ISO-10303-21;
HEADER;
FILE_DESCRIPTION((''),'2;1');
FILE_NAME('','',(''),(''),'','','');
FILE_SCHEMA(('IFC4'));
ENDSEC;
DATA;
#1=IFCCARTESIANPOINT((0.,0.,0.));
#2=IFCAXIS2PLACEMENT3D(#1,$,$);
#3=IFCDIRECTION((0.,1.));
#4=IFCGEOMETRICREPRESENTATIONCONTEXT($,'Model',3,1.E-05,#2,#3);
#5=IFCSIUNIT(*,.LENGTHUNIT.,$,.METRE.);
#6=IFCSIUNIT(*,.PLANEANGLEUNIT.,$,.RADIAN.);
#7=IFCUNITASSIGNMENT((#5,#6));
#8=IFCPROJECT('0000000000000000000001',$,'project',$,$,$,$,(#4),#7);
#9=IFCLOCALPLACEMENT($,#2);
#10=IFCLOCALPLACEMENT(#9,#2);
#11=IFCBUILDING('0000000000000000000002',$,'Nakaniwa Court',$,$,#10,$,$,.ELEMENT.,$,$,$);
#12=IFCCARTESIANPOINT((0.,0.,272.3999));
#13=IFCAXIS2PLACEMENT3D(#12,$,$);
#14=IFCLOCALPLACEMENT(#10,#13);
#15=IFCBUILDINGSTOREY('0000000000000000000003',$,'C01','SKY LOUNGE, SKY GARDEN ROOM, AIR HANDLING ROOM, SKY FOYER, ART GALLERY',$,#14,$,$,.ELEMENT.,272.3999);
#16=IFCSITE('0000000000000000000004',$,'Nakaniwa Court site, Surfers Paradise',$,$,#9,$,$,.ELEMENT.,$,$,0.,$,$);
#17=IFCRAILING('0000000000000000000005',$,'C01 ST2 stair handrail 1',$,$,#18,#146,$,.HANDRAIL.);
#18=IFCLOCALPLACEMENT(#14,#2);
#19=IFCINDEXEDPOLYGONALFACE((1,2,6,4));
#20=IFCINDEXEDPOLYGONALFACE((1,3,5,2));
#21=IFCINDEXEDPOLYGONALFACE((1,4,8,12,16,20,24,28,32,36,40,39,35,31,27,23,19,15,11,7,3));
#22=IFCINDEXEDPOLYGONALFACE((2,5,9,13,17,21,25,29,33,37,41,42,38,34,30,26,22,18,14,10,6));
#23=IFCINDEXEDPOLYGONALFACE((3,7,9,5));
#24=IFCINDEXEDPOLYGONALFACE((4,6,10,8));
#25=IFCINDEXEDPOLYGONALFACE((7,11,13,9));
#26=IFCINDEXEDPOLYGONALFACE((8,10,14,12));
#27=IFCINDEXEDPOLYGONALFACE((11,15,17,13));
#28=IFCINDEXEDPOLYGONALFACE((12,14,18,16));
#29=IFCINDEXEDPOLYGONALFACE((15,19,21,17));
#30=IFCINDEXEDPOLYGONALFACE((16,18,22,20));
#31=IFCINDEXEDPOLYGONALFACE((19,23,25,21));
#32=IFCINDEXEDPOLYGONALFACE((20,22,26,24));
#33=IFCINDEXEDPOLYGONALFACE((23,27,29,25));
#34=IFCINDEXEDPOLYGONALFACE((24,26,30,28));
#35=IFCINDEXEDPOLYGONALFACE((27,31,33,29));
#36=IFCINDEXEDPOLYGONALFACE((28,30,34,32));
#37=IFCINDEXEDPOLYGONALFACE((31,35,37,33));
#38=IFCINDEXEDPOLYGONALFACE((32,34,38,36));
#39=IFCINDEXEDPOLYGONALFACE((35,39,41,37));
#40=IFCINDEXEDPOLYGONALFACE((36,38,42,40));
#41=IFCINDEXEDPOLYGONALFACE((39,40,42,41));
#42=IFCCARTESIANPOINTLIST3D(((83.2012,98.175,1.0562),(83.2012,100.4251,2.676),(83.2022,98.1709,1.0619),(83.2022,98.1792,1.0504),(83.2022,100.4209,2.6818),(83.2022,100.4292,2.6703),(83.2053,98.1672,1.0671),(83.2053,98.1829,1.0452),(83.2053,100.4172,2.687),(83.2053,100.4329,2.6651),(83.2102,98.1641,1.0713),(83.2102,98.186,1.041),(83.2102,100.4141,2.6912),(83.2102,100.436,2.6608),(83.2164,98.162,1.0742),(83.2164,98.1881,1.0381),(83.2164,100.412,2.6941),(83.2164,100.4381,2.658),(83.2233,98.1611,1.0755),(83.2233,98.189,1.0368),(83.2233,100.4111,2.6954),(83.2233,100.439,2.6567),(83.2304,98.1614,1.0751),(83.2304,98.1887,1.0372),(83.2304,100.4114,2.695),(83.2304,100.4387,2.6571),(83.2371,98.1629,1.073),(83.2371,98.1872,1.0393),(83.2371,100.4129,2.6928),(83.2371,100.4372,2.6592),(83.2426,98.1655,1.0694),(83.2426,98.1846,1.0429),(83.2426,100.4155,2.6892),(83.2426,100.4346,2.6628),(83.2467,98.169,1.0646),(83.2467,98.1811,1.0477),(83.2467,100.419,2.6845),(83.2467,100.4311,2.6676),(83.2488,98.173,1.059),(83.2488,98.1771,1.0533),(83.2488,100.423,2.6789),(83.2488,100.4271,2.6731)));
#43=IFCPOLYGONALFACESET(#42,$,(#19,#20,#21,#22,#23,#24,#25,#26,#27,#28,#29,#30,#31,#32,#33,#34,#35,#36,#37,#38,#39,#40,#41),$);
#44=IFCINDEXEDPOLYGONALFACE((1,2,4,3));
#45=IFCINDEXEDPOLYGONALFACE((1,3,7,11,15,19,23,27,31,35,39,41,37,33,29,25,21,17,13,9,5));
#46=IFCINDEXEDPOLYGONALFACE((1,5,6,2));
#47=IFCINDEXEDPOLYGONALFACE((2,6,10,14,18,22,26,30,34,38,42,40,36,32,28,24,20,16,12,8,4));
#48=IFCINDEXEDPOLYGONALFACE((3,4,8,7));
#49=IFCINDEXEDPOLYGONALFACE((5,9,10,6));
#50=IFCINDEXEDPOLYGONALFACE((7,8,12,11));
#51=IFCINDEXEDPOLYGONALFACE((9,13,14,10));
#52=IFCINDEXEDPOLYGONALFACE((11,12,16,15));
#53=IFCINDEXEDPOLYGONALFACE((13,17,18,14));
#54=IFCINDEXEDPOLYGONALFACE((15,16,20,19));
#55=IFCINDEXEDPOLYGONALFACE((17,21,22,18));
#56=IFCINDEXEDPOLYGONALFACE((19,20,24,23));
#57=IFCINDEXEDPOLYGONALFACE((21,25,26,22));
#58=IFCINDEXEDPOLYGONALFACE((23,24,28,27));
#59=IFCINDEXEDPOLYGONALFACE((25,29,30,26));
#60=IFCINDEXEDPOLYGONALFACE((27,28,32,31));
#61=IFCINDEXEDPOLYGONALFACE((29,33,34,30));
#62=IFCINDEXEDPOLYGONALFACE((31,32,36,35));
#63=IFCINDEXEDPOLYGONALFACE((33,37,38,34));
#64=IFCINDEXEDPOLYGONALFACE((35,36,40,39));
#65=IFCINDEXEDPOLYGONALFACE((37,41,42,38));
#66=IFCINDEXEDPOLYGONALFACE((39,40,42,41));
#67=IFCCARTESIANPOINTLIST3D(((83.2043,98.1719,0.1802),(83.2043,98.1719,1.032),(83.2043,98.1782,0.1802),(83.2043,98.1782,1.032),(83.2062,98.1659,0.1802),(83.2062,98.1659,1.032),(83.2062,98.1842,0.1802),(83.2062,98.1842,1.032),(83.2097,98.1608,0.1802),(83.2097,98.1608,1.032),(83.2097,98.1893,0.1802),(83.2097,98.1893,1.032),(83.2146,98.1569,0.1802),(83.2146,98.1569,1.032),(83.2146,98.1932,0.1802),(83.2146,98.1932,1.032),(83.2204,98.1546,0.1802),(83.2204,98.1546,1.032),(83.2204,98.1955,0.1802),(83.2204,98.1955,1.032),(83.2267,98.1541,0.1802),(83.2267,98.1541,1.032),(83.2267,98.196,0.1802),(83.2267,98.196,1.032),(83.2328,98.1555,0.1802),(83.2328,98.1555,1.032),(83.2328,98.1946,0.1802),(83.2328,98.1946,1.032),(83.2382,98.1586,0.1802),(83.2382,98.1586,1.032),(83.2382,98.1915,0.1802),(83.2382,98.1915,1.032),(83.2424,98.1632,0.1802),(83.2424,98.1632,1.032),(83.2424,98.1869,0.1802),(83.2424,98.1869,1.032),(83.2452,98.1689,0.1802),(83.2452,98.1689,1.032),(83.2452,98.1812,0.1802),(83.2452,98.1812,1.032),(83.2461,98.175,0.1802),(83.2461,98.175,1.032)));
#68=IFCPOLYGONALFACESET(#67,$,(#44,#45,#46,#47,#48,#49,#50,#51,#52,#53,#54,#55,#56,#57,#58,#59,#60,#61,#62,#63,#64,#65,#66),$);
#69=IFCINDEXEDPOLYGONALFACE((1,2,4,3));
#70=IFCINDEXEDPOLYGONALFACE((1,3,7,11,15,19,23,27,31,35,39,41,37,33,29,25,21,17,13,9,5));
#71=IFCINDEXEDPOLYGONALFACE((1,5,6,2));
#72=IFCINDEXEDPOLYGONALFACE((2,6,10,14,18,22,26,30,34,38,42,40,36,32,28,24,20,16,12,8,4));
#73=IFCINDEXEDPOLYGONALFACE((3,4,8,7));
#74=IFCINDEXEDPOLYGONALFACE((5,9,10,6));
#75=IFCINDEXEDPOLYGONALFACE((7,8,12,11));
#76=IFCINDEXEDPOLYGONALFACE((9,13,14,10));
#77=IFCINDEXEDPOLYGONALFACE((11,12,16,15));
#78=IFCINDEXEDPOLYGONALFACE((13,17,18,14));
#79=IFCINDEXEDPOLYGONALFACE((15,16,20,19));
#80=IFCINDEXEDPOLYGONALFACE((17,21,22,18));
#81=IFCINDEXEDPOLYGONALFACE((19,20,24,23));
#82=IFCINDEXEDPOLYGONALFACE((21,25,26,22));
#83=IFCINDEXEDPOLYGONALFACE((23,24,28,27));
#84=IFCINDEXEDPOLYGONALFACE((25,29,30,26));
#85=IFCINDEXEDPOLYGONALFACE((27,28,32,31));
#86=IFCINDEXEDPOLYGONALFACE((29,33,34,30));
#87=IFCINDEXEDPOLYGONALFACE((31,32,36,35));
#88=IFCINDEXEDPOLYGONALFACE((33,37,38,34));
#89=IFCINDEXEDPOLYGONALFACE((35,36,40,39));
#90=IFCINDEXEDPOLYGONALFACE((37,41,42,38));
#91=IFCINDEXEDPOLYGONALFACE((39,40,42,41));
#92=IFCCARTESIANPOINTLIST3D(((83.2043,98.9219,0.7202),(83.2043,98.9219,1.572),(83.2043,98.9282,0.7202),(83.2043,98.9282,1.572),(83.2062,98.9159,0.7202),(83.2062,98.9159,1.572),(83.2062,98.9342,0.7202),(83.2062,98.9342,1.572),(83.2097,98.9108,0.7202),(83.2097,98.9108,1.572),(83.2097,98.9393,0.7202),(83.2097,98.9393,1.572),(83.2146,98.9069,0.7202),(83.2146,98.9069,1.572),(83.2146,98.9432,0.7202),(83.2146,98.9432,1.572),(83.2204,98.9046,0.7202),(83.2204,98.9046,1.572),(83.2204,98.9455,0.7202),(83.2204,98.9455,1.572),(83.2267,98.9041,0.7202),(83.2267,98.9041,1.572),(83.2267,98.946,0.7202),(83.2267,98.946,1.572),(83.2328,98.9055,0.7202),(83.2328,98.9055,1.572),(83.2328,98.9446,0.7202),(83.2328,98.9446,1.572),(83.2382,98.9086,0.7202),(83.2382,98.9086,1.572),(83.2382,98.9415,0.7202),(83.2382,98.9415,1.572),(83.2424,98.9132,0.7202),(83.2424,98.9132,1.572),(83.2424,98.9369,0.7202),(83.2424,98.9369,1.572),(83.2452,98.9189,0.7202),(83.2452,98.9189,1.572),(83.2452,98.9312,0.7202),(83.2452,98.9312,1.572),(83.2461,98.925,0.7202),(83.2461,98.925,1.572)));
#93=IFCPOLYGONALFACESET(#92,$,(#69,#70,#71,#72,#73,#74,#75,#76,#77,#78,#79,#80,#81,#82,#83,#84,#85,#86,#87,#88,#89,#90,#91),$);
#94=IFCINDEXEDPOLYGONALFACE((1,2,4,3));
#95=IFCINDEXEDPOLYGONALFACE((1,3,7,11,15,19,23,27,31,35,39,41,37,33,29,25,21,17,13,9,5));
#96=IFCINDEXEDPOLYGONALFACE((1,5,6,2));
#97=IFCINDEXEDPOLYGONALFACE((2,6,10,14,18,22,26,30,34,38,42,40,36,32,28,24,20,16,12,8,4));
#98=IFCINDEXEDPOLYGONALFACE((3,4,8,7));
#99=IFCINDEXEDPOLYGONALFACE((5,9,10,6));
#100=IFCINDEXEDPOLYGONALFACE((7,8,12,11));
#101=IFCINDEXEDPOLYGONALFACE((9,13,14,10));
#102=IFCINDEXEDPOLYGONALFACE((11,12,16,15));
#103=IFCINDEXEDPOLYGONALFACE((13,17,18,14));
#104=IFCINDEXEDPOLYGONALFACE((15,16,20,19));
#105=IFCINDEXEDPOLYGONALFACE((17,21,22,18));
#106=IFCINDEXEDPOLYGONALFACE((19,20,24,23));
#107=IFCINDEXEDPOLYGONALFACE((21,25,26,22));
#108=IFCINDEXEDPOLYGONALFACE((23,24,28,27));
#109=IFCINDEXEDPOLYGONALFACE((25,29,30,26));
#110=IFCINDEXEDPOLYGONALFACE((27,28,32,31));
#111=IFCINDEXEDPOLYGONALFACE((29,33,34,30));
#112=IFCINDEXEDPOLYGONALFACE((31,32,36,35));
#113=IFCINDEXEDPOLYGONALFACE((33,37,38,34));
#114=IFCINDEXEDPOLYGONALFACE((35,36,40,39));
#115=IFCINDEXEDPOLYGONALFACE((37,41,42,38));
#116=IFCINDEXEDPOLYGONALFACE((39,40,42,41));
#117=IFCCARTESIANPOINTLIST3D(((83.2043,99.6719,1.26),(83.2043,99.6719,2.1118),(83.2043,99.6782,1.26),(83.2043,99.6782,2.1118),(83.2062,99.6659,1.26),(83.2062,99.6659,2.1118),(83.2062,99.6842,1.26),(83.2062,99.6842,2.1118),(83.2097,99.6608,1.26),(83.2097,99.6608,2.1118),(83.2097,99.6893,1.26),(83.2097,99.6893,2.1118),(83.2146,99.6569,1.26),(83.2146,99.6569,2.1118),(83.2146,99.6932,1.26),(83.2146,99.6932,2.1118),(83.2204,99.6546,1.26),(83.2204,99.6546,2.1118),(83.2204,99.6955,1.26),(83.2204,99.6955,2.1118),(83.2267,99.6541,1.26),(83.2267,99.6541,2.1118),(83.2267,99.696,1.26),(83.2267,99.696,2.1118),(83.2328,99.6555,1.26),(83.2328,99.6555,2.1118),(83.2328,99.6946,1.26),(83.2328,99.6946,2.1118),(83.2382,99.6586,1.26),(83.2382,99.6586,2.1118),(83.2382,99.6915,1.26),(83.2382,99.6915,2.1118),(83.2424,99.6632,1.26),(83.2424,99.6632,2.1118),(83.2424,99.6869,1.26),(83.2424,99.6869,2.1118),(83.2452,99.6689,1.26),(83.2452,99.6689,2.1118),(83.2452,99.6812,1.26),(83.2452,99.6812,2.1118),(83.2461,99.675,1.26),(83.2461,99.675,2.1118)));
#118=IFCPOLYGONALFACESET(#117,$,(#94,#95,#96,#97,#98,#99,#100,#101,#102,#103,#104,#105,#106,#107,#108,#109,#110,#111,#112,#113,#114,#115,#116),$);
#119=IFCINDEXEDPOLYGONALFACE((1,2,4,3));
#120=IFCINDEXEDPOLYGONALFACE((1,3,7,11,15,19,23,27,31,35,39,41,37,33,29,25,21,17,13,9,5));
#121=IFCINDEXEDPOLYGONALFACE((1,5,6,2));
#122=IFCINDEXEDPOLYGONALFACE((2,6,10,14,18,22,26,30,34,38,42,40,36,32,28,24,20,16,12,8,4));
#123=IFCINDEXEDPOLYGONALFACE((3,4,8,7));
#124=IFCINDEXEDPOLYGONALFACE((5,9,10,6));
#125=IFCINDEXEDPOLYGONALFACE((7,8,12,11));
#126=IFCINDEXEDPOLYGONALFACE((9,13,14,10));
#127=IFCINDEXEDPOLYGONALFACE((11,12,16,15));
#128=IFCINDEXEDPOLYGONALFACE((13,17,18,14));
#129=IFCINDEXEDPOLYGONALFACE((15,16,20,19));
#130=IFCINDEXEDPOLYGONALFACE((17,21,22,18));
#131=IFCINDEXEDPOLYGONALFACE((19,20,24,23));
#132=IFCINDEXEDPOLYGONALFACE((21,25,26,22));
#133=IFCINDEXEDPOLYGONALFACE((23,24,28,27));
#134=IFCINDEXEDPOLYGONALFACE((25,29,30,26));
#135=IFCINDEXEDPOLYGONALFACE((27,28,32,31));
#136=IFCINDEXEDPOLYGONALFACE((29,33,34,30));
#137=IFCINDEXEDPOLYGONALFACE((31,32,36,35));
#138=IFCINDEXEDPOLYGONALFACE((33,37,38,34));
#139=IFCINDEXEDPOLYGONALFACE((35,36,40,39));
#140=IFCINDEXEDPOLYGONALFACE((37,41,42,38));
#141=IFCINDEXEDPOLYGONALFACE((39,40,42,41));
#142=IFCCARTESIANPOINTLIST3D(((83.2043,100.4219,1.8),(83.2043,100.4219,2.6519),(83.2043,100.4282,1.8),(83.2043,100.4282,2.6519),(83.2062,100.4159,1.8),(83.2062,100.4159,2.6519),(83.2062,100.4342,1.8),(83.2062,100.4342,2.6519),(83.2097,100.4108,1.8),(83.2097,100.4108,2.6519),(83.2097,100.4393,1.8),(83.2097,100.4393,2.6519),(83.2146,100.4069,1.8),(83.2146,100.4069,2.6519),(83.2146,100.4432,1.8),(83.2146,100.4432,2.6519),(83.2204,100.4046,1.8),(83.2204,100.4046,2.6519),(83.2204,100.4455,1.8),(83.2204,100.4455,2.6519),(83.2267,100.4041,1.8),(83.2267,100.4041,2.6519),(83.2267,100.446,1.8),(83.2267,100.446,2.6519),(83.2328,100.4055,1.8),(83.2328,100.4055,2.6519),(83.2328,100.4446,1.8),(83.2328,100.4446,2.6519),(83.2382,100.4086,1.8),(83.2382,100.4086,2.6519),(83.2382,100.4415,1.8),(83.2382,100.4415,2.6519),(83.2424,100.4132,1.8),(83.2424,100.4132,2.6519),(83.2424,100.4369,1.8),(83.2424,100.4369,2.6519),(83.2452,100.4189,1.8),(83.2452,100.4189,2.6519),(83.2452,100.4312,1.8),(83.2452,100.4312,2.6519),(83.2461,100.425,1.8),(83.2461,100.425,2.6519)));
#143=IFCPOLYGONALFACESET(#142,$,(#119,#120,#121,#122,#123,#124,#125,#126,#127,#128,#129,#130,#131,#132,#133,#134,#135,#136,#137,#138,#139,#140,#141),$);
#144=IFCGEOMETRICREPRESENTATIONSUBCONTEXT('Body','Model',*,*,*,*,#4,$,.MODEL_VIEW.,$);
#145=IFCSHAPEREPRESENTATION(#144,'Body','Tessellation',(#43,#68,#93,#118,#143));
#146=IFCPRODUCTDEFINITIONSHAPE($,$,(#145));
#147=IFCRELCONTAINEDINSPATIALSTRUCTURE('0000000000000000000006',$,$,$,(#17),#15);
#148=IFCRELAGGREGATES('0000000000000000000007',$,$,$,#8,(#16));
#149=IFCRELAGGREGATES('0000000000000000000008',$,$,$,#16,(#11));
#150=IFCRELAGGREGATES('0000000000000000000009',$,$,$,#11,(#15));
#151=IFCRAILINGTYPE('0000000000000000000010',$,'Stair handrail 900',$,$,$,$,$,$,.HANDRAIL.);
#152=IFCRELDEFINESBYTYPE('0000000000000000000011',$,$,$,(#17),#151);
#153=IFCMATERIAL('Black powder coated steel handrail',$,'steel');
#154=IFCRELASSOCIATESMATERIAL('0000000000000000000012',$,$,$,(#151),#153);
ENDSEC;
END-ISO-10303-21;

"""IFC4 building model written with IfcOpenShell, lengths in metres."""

from ifc_helpers import new_model, si_unit, direction, frame, origin, origin_2d, place, context, subcontext, project, spatial, circle, extrude, material, type_object, element, save


model = new_model("IFC4")

# Units and contexts
model_context = context("Model", 3, precision=1e-05, world=origin(), true_north=direction((0.0, 1.0)))
body_context = subcontext(model_context, "Body", "Model", "MODEL_VIEW")
ifc_project = project(units=[si_unit("LENGTHUNIT", "METRE"), si_unit("PLANEANGLEUNIT", "RADIAN")], contexts=[model_context])

# Site, building, storey
site_placement = place(None, origin())
site = spatial("IfcSite", under=ifc_project, at=site_placement, Name="Nakaniwa Court site, Surfers Paradise", CompositionType="ELEMENT", RefElevation=0.0)
building_placement = place(site_placement, origin())
building = spatial("IfcBuilding", under=site, at=building_placement, Name="Nakaniwa Court", CompositionType="ELEMENT")
storey_placement = place(building_placement, frame((0.0, 0.0, 272.3999)))
storey = spatial("IfcBuildingStorey", under=building, at=storey_placement, Name="C01", Description="SKY LOUNGE, SKY GARDEN ROOM, AIR HANDLING ROOM, SKY FOYER, ART GALLERY", CompositionType="ELEMENT", Elevation=272.3999)

# Railing
ifc_material_1 = material(Name="Black powder coated steel handrail", Category="steel")
railing_type_1 = type_object("IfcRailingType", Name="Stair handrail 900", PredefinedType="HANDRAIL", material=ifc_material_1)
railing_1_placement = place(storey_placement, frame((83.2251, 98.175, 0.1802)))
element("IfcRailing", 1, at=railing_1_placement, inside=storey, type_object=railing_type_1, Name="C01 ST2 stair handrail 1", PredefinedType="HANDRAIL", context=body_context, shape_type="SweptSolid", body=[
    extrude(circle(Radius=0.0239, at=origin_2d()), frame((0.0, 0.0, 0.876), z_axis=(0.0, 0.811556, 0.584275), x_axis=(-1.0, 0.0, 0.0)), (0.0, 0.0, 1.0), 2.7725),
    extrude(circle(Radius=0.021, at=origin_2d()), origin(), (0.0, 0.0, 1.0), 0.8518),
    extrude(circle(Radius=0.021, at=origin_2d()), frame((0.0, 0.75, 0.54)), (0.0, 0.0, 1.0), 0.8518),
    extrude(circle(Radius=0.021, at=origin_2d()), frame((0.0, 1.5, 1.0798)), (0.0, 0.0, 1.0), 0.8518),
    extrude(circle(Radius=0.021, at=origin_2d()), frame((0.0, 2.25, 1.6199)), (0.0, 0.0, 1.0), 0.8518),
])

save(model, "model.ifc")
